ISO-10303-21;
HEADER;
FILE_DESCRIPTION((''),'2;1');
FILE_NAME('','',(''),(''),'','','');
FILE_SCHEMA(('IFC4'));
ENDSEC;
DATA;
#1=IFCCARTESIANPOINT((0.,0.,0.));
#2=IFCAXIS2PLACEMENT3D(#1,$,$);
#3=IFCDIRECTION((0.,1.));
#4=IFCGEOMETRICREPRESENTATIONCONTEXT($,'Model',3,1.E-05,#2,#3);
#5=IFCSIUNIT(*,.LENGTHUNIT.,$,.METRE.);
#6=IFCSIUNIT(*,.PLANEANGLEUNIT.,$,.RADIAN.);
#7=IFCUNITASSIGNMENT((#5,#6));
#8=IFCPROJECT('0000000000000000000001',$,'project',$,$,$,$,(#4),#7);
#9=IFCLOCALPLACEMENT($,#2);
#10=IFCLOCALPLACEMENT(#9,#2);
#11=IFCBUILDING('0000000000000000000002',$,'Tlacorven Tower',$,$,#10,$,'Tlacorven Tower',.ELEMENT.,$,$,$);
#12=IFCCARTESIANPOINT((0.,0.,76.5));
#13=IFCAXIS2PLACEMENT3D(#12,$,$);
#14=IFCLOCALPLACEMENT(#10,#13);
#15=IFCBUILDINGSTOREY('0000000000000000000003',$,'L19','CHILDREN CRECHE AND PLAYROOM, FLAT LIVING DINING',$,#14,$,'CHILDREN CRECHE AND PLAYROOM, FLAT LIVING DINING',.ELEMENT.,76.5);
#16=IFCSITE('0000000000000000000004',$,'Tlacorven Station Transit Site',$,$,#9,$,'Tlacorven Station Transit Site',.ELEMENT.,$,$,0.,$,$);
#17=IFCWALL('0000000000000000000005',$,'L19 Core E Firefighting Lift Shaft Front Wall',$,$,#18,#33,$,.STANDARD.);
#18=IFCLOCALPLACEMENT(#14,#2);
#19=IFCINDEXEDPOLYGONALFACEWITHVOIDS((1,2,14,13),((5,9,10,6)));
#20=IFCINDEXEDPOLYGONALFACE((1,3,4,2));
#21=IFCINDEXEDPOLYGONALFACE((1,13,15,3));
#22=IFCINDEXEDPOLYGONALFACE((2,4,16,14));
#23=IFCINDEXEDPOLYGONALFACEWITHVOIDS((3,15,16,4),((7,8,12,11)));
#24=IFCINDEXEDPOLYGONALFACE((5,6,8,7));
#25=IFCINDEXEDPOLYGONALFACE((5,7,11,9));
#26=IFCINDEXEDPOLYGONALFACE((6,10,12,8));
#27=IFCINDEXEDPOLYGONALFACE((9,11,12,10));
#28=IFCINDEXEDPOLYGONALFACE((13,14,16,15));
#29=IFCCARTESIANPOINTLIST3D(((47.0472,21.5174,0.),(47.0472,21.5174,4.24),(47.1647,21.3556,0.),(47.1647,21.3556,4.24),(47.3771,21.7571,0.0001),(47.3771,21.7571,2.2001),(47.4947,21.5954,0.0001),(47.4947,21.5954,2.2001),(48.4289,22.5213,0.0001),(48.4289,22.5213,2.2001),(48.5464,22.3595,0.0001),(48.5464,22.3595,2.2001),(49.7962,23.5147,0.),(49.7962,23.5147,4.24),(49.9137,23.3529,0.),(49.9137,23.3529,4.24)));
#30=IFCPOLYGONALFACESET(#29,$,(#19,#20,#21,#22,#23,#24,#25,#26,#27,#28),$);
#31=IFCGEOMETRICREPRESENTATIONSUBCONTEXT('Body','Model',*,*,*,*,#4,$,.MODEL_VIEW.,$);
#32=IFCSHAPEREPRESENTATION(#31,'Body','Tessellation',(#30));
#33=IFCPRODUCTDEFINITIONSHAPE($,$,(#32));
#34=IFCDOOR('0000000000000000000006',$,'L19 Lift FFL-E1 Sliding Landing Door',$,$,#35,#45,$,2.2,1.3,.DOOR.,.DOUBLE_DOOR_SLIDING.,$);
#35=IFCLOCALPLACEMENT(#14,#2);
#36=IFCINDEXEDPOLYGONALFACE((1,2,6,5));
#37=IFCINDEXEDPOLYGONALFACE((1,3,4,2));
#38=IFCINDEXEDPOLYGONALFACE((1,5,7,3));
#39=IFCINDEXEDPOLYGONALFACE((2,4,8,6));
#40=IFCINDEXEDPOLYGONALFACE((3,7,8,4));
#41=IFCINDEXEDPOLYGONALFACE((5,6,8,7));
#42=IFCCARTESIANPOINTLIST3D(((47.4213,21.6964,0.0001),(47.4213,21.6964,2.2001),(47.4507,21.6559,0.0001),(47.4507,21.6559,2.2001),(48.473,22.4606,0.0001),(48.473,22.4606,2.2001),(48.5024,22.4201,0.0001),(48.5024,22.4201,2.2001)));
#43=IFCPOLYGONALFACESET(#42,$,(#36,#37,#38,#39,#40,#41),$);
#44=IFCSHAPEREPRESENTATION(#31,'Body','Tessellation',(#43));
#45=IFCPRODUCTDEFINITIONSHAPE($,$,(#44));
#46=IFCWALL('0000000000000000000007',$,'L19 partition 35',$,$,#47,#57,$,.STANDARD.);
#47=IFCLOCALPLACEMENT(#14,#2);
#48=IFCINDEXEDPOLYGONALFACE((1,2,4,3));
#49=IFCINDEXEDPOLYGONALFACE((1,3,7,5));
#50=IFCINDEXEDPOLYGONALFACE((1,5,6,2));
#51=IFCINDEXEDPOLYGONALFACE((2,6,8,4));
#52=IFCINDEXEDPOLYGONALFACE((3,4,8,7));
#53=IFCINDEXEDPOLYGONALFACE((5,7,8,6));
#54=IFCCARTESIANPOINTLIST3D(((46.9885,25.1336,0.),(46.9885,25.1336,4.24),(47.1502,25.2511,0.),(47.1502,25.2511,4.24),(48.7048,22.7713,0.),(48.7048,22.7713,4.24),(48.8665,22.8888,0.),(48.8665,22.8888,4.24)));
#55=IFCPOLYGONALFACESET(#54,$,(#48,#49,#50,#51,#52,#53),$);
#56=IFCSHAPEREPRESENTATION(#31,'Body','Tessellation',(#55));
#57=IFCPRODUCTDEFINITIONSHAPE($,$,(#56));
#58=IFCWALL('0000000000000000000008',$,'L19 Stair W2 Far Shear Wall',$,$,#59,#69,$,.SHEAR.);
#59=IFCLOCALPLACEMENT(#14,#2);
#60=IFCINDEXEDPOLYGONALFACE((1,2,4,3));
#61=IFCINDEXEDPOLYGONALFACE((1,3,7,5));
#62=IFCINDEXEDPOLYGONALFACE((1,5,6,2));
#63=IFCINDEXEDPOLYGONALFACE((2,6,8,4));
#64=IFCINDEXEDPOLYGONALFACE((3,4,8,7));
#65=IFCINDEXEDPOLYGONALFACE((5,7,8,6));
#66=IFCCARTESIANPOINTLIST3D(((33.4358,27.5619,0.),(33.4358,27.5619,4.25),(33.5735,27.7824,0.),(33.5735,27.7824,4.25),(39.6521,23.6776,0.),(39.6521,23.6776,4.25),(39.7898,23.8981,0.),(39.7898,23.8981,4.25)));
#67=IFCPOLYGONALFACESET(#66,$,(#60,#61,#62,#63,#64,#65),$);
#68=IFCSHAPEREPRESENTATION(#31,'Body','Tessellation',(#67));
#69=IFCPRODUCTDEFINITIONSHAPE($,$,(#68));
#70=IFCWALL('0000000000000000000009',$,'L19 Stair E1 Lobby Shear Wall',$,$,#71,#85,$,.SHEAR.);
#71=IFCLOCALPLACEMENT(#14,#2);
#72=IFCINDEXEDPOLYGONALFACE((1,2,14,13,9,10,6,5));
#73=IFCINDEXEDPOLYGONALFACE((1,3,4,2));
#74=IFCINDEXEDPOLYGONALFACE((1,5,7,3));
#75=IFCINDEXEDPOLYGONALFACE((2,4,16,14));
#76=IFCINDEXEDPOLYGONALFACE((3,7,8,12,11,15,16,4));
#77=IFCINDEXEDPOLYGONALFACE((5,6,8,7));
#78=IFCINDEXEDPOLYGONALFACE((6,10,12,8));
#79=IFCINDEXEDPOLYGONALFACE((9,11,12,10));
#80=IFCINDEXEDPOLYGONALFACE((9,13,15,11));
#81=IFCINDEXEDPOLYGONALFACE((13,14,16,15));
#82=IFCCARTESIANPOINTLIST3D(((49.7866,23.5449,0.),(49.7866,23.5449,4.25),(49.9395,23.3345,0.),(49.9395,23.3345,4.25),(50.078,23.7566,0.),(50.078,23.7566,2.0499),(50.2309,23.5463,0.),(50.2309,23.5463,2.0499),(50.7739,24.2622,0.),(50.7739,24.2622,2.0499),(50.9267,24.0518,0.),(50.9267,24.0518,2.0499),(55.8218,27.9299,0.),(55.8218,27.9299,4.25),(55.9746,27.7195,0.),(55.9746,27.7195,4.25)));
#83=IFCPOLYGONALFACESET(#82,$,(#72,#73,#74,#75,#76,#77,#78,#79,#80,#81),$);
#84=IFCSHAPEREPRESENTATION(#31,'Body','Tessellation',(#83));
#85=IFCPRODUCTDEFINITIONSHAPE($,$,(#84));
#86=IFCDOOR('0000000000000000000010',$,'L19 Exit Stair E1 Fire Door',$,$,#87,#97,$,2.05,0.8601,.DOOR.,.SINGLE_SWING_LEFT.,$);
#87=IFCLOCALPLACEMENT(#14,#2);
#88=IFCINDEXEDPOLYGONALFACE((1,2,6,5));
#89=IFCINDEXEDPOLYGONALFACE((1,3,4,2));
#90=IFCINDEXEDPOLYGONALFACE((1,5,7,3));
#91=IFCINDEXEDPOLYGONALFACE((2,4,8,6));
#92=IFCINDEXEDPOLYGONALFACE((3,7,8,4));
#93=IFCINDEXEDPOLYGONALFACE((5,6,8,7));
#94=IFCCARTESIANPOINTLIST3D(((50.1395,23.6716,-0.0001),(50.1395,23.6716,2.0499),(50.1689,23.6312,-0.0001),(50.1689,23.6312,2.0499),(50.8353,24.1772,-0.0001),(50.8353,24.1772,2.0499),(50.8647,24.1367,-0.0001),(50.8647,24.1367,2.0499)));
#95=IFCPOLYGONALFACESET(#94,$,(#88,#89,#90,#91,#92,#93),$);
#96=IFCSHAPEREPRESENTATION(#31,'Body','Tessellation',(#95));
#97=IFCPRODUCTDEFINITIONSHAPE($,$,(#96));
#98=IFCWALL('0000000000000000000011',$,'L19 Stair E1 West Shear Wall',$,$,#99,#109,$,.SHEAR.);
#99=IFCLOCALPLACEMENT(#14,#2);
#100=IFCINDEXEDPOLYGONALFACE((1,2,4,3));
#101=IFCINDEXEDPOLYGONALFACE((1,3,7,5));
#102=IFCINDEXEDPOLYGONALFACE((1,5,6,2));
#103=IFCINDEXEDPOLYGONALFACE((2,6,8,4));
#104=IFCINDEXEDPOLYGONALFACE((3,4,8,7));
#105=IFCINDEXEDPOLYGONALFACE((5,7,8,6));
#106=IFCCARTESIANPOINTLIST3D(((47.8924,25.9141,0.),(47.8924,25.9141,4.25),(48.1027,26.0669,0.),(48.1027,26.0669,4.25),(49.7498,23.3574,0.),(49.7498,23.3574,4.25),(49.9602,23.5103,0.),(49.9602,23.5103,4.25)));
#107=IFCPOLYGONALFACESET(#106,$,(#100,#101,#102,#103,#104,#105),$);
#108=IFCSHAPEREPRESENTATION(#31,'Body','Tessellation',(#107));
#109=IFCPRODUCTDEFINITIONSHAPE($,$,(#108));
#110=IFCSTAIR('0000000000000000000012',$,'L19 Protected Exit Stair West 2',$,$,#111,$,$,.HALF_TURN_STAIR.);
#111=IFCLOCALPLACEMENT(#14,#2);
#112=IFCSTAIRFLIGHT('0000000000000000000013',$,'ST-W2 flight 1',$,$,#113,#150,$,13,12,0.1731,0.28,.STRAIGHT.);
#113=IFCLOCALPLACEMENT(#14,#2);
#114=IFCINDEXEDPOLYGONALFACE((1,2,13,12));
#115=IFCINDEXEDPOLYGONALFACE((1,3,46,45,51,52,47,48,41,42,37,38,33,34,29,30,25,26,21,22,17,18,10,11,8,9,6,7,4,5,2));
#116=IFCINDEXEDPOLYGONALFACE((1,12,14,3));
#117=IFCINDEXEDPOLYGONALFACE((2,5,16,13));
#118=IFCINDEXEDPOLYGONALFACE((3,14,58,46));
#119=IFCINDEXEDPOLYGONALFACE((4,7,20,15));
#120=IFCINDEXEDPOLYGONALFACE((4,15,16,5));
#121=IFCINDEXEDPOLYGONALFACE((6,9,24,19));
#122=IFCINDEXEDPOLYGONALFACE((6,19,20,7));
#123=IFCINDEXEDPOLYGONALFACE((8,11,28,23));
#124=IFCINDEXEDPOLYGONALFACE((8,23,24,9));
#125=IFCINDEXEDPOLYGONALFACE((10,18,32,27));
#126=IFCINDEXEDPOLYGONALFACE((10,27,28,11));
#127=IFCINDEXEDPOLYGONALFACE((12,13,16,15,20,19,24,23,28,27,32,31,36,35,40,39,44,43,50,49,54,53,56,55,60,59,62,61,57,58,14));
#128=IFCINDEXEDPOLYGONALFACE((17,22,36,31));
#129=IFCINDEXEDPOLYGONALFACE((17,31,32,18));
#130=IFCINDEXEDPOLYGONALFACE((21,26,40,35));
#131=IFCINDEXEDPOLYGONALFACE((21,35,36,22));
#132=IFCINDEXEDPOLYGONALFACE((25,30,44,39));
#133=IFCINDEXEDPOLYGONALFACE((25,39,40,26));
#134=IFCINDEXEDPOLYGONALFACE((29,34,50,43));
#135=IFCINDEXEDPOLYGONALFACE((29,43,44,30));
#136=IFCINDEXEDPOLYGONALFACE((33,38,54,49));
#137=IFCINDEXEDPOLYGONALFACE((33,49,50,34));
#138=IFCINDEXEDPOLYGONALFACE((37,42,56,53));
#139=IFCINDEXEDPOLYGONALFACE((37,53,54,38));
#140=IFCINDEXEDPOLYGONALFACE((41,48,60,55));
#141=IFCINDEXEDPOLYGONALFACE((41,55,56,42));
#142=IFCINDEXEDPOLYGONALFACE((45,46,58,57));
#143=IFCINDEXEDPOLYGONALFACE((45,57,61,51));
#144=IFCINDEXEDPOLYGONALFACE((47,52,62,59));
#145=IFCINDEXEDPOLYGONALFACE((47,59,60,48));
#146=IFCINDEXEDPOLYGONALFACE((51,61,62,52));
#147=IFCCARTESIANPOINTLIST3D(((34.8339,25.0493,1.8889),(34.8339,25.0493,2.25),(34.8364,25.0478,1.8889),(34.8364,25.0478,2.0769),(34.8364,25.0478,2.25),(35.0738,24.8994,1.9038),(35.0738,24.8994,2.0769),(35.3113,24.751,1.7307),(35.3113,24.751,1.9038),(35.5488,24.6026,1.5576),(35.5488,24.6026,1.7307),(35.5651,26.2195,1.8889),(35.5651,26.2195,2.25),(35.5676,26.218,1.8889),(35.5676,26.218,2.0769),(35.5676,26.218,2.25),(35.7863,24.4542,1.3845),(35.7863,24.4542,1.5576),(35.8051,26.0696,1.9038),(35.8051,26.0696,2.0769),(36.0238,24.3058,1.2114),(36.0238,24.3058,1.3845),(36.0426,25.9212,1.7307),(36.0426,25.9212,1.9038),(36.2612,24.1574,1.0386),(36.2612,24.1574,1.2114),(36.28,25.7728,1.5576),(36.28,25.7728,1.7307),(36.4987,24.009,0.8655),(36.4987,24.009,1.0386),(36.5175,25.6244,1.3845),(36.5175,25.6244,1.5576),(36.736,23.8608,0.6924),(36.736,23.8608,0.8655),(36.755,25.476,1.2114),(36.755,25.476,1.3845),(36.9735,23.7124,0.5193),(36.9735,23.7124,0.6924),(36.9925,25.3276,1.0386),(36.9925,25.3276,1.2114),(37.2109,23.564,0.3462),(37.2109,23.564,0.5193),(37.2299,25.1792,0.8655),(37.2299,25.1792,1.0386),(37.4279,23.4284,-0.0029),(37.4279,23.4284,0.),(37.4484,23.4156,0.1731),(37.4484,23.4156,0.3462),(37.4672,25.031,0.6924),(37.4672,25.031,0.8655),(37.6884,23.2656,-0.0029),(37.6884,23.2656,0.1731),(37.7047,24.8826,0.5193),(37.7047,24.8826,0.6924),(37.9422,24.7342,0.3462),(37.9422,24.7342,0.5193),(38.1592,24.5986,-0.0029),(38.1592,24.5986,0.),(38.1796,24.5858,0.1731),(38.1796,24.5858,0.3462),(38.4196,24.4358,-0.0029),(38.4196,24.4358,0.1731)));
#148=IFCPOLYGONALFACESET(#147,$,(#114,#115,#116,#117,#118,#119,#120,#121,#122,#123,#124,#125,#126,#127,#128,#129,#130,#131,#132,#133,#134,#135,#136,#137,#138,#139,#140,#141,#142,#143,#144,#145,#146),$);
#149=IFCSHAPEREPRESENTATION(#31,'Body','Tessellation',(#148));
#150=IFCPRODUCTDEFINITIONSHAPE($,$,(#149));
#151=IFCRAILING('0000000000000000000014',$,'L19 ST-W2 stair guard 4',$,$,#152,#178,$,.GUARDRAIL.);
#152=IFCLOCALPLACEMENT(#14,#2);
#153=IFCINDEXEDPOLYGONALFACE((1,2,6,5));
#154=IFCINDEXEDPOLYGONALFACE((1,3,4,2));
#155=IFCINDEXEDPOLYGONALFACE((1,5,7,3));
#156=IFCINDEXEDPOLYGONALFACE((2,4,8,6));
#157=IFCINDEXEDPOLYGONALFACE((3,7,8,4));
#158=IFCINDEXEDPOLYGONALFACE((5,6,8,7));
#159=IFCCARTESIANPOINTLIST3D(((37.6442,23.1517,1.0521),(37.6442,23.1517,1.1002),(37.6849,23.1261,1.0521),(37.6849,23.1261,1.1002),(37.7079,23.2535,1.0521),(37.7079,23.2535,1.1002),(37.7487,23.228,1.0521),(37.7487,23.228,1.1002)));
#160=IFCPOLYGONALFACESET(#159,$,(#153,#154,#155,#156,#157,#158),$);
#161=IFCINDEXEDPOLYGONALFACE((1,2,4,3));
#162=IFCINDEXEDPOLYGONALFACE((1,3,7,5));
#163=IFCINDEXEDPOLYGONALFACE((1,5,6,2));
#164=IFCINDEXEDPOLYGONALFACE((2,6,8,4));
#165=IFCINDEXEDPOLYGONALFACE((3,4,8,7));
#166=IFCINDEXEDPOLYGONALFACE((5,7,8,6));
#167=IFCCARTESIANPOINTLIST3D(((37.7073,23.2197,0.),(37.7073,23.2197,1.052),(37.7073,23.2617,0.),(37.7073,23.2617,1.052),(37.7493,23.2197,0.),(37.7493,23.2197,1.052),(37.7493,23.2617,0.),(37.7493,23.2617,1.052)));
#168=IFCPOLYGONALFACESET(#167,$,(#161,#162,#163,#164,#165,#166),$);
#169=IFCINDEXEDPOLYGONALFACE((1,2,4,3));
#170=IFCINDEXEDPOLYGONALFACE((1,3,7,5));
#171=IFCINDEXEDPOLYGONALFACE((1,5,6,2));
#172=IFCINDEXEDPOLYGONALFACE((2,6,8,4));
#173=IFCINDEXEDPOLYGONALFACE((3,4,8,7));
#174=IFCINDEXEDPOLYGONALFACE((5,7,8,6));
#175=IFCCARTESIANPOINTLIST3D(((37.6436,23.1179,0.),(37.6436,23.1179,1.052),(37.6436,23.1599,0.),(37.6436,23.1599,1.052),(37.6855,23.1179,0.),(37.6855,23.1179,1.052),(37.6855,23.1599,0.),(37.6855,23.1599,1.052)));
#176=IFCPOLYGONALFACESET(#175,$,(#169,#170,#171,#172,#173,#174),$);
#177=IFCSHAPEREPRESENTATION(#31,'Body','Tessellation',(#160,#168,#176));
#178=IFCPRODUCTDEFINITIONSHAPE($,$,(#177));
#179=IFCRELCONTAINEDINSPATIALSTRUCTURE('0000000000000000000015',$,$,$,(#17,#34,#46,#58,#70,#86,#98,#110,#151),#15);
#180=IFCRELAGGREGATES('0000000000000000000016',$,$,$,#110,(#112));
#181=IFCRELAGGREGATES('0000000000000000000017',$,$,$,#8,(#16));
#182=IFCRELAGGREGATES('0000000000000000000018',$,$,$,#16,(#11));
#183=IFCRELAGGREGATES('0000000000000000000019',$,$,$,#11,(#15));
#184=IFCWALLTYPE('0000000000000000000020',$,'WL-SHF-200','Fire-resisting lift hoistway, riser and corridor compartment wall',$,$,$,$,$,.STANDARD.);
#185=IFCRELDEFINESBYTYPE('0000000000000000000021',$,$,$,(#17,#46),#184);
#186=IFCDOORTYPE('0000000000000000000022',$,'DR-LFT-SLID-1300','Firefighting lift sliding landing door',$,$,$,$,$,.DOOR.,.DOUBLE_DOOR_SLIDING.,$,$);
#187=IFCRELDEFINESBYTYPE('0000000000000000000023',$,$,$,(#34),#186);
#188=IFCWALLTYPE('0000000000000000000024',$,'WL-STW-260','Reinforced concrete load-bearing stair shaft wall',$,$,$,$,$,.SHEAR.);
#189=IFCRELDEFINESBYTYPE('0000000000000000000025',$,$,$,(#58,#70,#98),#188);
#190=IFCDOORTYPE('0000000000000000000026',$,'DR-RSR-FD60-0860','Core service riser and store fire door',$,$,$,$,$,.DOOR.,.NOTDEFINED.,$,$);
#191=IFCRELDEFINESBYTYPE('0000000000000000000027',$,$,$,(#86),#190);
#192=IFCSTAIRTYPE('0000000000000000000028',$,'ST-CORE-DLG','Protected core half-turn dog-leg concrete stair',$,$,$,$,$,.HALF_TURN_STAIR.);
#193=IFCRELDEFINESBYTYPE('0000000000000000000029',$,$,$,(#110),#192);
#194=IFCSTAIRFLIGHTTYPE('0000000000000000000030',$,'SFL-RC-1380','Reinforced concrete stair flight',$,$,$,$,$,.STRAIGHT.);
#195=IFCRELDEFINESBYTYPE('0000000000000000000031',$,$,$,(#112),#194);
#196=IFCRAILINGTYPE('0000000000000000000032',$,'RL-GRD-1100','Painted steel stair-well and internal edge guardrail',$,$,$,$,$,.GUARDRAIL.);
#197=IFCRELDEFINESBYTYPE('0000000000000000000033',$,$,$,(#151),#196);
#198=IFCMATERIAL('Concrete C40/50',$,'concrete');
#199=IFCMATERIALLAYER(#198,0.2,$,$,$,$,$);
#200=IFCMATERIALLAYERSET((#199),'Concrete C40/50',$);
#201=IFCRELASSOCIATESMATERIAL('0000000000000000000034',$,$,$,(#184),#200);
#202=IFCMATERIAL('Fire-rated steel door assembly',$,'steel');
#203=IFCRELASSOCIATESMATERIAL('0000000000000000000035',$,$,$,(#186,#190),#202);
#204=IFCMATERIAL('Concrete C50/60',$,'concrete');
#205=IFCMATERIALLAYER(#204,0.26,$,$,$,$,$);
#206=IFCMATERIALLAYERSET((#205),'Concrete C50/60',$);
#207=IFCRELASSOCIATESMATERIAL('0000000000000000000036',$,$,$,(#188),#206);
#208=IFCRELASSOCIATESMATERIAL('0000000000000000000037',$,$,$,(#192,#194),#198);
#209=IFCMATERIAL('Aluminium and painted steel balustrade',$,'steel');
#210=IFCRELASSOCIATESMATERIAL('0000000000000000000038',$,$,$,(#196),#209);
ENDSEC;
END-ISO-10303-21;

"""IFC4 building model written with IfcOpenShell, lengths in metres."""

from ifc_helpers import new_model, si_unit, direction, frame, frame_2d, origin, origin_2d, place, context, subcontext, project, spatial, polyline, rectangle, outline, extrude, source, transform, mapped, material, layer, layer_set, type_object, element, fill, aggregate, save


model = new_model("IFC4")

# Units and contexts
model_context = context("Model", 3, precision=1e-05, world=origin(), true_north=direction((0.0, 1.0)))
body_context = subcontext(model_context, "Body", "Model", "MODEL_VIEW")
ifc_project = project(units=[si_unit("LENGTHUNIT", "METRE"), si_unit("PLANEANGLEUNIT", "RADIAN")], contexts=[model_context])

# Site, building, storey
site_placement = place(None, origin())
site = spatial("IfcSite", under=ifc_project, at=site_placement, Name="Tlacorven Station Transit Site", LongName="Tlacorven Station Transit Site", CompositionType="ELEMENT", RefElevation=0.0)
building_placement = place(site_placement, origin())
building = spatial("IfcBuilding", under=site, at=building_placement, Name="Tlacorven Tower", LongName="Tlacorven Tower", CompositionType="ELEMENT")
storey_placement = place(building_placement, frame((0.0, 0.0, 76.5)))
storey = spatial("IfcBuildingStorey", under=building, at=storey_placement, Name="L19", Description="CHILDREN CRECHE AND PLAYROOM, FLAT LIVING DINING", LongName="CHILDREN CRECHE AND PLAYROOM, FLAT LIVING DINING", CompositionType="ELEMENT", Elevation=76.5)

# Wall, opening, door
ifc_material_1 = material(Name="Concrete C40/50", Category="concrete")
ifc_layer_1 = layer(ifc_material_1, 0.2)
ifc_layer_set_1 = layer_set([ifc_layer_1], Name="Concrete C40/50")
wall_type_1 = type_object("IfcWallType", Name="WL-SHF-200", Description="Fire-resisting lift hoistway, riser and corridor compartment wall", PredefinedType="STANDARD", material=ifc_layer_set_1)
wall_1_placement = place(storey_placement, frame((47.106, 21.4365, 0.0), z_axis=(0.0, 0.0, 1.0), x_axis=(0.809013, 0.587791, 0.0)))
wall_1 = element("IfcWall", 1, at=wall_1_placement, inside=storey, type_object=wall_type_1, Name="L19 Core E Firefighting Lift Shaft Front Wall", PredefinedType="STANDARD", context=body_context, shape_type="SweptSolid", body=[
    extrude(rectangle(XDim=3.3979, YDim=0.2, at=frame_2d((1.699, 0.0))), origin(), (0.0, 0.0, 1.0), 4.24),
])
opening_1_placement = place(wall_1_placement, frame((0.408, 0.0, 0.0)))
opening_1 = element("IfcOpeningElement", 2, at=opening_1_placement, cuts=wall_1, PredefinedType="OPENING", context=body_context, shape_type="SweptSolid", body=[
    extrude(rectangle(XDim=1.3, YDim=2.2, at=frame_2d((0.6499, 1.1001))), frame((0.0, 0.1099, 0.0), z_axis=(0.0, -1.0, 0.0), x_axis=(1.0, 0.0, 0.0)), (0.0, 0.0, 1.0), 0.22),
])
ifc_material_2 = material(Name="Fire-rated steel door assembly", Category="steel")
door_type_1 = type_object("IfcDoorType", Name="DR-LFT-SLID-1300", Description="Firefighting lift sliding landing door", OperationType="DOUBLE_DOOR_SLIDING", PredefinedType="DOOR", material=ifc_material_2)
shared_shape_1 = source(origin(), body_context, "Body", "SweptSolid", [
    extrude(rectangle(XDim=1.3, YDim=2.2, at=frame_2d((0.6499, 1.1001))), frame((0.0, 0.0249, 0.0), z_axis=(0.0, -1.0, 0.0), x_axis=(1.0, 0.0, 0.0)), (0.0, 0.0, 1.0), 0.05),
])
door_1_placement = place(opening_1_placement, origin())
door_1 = element("IfcDoor", 3, at=door_1_placement, inside=storey, type_object=door_type_1, Name="L19 Lift FFL-E1 Sliding Landing Door", OperationType="DOUBLE_DOOR_SLIDING", OverallHeight=2.2, OverallWidth=1.3, PredefinedType="DOOR", context=body_context, shape_type="MappedRepresentation", body=[
    mapped(shared_shape_1, transform((0.0, 0.0, 0.0), scale=1.0)),
])
fill(opening_1, door_1)

# Walls
wall_2_placement = place(storey_placement, frame((48.7856, 22.8301, 0.0), z_axis=(0.0, 0.0, 1.0), x_axis=(-0.587784, 0.809018, 0.0)))
element("IfcWall", 4, at=wall_2_placement, inside=storey, type_object=wall_type_1, Name="L19 partition 35", PredefinedType="STANDARD", context=body_context, shape_type="SweptSolid", body=[
    extrude(rectangle(XDim=2.9199, YDim=0.2, at=frame_2d((1.46, 0.0))), origin(), (0.0, 0.0, 1.0), 4.24),
])
ifc_material_3 = material(Name="Concrete C50/60", Category="concrete")
ifc_layer_2 = layer(ifc_material_3, 0.26)
ifc_layer_set_2 = layer_set([ifc_layer_2], Name="Concrete C50/60")
wall_type_2 = type_object("IfcWallType", Name="WL-STW-260", Description="Reinforced concrete load-bearing stair shaft wall", PredefinedType="SHEAR", material=ifc_layer_set_2)
wall_3_placement = place(storey_placement, frame((39.7209, 23.7878, 0.0), z_axis=(0.0, 0.0, 1.0), x_axis=(-0.848054, 0.529909, 0.0)))
element("IfcWall", 5, at=wall_3_placement, inside=storey, type_object=wall_type_2, Name="L19 Stair W2 Far Shear Wall", PredefinedType="SHEAR", context=body_context, shape_type="SweptSolid", body=[
    extrude(rectangle(XDim=7.3301, YDim=0.26, at=frame_2d((3.665, 0.0))), origin(), (0.0, 0.0, 1.0), 4.25),
])

# Wall, opening, door
wall_4_placement = place(storey_placement, frame((49.863, 23.4397, 0.0), z_axis=(0.0, 0.0, 1.0), x_axis=(0.809003, 0.587804, 0.0)))
wall_4 = element("IfcWall", 6, at=wall_4_placement, inside=storey, type_object=wall_type_2, Name="L19 Stair E1 Lobby Shear Wall", PredefinedType="SHEAR", context=body_context, shape_type="SweptSolid", body=[
    extrude(rectangle(XDim=7.46, YDim=0.26, at=frame_2d((3.73, 0.0))), origin(), (0.0, 0.0, 1.0), 4.25),
])
opening_2_placement = place(wall_4_placement, frame((0.3601, 0.0, 0.0)))
opening_2 = element("IfcOpeningElement", 7, at=opening_2_placement, cuts=wall_4, PredefinedType="OPENING", context=body_context, shape_type="SweptSolid", body=[
    extrude(rectangle(XDim=0.8601, YDim=2.05, at=frame_2d((0.4302, 1.0249))), frame((0.0, 0.1401, 0.0), z_axis=(0.0, -1.0, 0.0), x_axis=(1.0, 0.0, 0.0)), (0.0, 0.0, 1.0), 0.28),
])
door_type_2 = type_object("IfcDoorType", Name="DR-RSR-FD60-0860", Description="Core service riser and store fire door", OperationType="NOTDEFINED", PredefinedType="DOOR", material=ifc_material_2)
shared_shape_2 = source(origin(), body_context, "Body", "SweptSolid", [
    extrude(rectangle(XDim=0.8601, YDim=2.05, at=frame_2d((0.4302, 1.0249))), frame((0.0, 0.0249, 0.0), z_axis=(0.0, -1.0, 0.0), x_axis=(1.0, 0.0, 0.0)), (0.0, 0.0, 1.0), 0.05),
])
door_2_placement = place(opening_2_placement, frame((0.8601, 0.0, 0.0), z_axis=(0.0, 0.0, 1.0), x_axis=(-1.0, 0.0, 0.0)))
door_2 = element("IfcDoor", 8, at=door_2_placement, inside=storey, type_object=door_type_2, Name="L19 Exit Stair E1 Fire Door", OperationType="SINGLE_SWING_LEFT", OverallHeight=2.05, OverallWidth=0.8601, PredefinedType="DOOR", context=body_context, shape_type="MappedRepresentation", body=[
    mapped(shared_shape_2, transform((0.0, 0.0, 0.0), scale=1.0)),
])
fill(opening_2, door_2)

# Wall
wall_5_placement = place(storey_placement, frame((49.855, 23.4338, 0.0), z_axis=(0.0, 0.0, 1.0), x_axis=(-0.587767, 0.80903, 0.0)))
element("IfcWall", 9, at=wall_5_placement, inside=storey, type_object=wall_type_2, Name="L19 Stair E1 West Shear Wall", PredefinedType="SHEAR", context=body_context, shape_type="SweptSolid", body=[
    extrude(rectangle(XDim=3.1602, YDim=0.26, at=frame_2d((1.5801, 0.0))), origin(), (0.0, 0.0, 1.0), 4.25),
])

# Stair, stair flight
stair_type = type_object("IfcStairType", Name="ST-CORE-DLG", Description="Protected core half-turn dog-leg concrete stair", PredefinedType="HALF_TURN_STAIR", material=ifc_material_1)
stair_placement = place(storey_placement, origin())
stair = element("IfcStair", 10, at=stair_placement, inside=storey, type_object=stair_type, Name="L19 Protected Exit Stair West 2", PredefinedType="HALF_TURN_STAIR")
stair_flight_type = type_object("IfcStairFlightType", Name="SFL-RC-1380", Description="Reinforced concrete stair flight", PredefinedType="STRAIGHT", material=ifc_material_1)
shared_shape_3 = source(origin(), body_context, "Body", "SweptSolid", [
    extrude(outline(polyline([(-0.0029, -0.0029), (-0.0029, 0.1731), (0.28, 0.1731), (0.28, 0.3462), (0.5601, 0.3462), (0.5601, 0.5193), (0.8401, 0.5193), (0.8401, 0.6924), (1.1201, 0.6924), (1.1201, 0.8655), (1.3999, 0.8655), (1.3999, 1.0386), (1.6799, 1.0386), (1.6799, 1.2114), (1.96, 1.2114), (1.96, 1.3845), (2.24, 1.3845), (2.24, 1.5576), (2.52, 1.5576), (2.52, 1.7307), (2.8, 1.7307), (2.8, 1.9038), (3.0801, 1.9038), (3.0801, 2.0769), (3.3601, 2.0769), (3.3601, 2.25), (3.363, 2.25), (3.363, 1.8889), (3.3601, 1.8889), (0.3042, 0.0), (0.3042, -0.0029), (-0.0029, -0.0029)])), frame((0.0, 0.6899, 0.0), z_axis=(0.0, -1.0, 0.0), x_axis=(1.0, 0.0, 0.0)), (0.0, 0.0, 1.0), 1.3799),
])
stair_flight_placement = place(storey_placement, frame((38.0515, 23.8523, 0.0), z_axis=(0.0, 0.0, 1.0), x_axis=(-0.848048, 0.529919, 0.0)))
stair_flight = element("IfcStairFlight", 11, at=stair_flight_placement, type_object=stair_flight_type, Name="ST-W2 flight 1", NumberOfRisers=13, NumberOfTreads=12, PredefinedType="STRAIGHT", RiserHeight=0.1731, TreadLength=0.28, context=body_context, shape_type="MappedRepresentation", body=[
    mapped(shared_shape_3, transform((0.0, 0.0, 0.0), scale=1.0)),
])
aggregate(stair, [stair_flight])

# Railing
ifc_material_4 = material(Name="Aluminium and painted steel balustrade", Category="steel")
railing_type_1 = type_object("IfcRailingType", Name="RL-GRD-1100", Description="Painted steel stair-well and internal edge guardrail", PredefinedType="GUARDRAIL", material=ifc_material_4)
shared_shape_4 = source(origin(), body_context, "Body", "SweptSolid", [
    extrude(rectangle(XDim=0.0481, YDim=0.0481, at=origin_2d()), frame((0.0, 0.0, 1.0762), z_axis=(-0.530547, -0.847656, 0.0), x_axis=(0.847656, -0.530547, 0.0)), (0.0, 0.0, 1.0), 0.1201),
    extrude(rectangle(XDim=0.042, YDim=0.042, at=origin_2d()), origin(), (0.0, 0.0, 1.0), 1.052),
    extrude(rectangle(XDim=0.042, YDim=0.042, at=origin_2d()), frame((-0.0637, -0.1018, 0.0)), (0.0, 0.0, 1.0), 1.052),
])
railing_1_placement = place(storey_placement, frame((37.7283, 23.2407, 0.0)))
element("IfcRailing", 12, at=railing_1_placement, inside=storey, type_object=railing_type_1, Name="L19 ST-W2 stair guard 4", PredefinedType="GUARDRAIL", context=body_context, shape_type="MappedRepresentation", body=[
    mapped(shared_shape_4, transform((0.0, 0.0, 0.0), scale=1.0)),
])

save(model, "model.ifc")
